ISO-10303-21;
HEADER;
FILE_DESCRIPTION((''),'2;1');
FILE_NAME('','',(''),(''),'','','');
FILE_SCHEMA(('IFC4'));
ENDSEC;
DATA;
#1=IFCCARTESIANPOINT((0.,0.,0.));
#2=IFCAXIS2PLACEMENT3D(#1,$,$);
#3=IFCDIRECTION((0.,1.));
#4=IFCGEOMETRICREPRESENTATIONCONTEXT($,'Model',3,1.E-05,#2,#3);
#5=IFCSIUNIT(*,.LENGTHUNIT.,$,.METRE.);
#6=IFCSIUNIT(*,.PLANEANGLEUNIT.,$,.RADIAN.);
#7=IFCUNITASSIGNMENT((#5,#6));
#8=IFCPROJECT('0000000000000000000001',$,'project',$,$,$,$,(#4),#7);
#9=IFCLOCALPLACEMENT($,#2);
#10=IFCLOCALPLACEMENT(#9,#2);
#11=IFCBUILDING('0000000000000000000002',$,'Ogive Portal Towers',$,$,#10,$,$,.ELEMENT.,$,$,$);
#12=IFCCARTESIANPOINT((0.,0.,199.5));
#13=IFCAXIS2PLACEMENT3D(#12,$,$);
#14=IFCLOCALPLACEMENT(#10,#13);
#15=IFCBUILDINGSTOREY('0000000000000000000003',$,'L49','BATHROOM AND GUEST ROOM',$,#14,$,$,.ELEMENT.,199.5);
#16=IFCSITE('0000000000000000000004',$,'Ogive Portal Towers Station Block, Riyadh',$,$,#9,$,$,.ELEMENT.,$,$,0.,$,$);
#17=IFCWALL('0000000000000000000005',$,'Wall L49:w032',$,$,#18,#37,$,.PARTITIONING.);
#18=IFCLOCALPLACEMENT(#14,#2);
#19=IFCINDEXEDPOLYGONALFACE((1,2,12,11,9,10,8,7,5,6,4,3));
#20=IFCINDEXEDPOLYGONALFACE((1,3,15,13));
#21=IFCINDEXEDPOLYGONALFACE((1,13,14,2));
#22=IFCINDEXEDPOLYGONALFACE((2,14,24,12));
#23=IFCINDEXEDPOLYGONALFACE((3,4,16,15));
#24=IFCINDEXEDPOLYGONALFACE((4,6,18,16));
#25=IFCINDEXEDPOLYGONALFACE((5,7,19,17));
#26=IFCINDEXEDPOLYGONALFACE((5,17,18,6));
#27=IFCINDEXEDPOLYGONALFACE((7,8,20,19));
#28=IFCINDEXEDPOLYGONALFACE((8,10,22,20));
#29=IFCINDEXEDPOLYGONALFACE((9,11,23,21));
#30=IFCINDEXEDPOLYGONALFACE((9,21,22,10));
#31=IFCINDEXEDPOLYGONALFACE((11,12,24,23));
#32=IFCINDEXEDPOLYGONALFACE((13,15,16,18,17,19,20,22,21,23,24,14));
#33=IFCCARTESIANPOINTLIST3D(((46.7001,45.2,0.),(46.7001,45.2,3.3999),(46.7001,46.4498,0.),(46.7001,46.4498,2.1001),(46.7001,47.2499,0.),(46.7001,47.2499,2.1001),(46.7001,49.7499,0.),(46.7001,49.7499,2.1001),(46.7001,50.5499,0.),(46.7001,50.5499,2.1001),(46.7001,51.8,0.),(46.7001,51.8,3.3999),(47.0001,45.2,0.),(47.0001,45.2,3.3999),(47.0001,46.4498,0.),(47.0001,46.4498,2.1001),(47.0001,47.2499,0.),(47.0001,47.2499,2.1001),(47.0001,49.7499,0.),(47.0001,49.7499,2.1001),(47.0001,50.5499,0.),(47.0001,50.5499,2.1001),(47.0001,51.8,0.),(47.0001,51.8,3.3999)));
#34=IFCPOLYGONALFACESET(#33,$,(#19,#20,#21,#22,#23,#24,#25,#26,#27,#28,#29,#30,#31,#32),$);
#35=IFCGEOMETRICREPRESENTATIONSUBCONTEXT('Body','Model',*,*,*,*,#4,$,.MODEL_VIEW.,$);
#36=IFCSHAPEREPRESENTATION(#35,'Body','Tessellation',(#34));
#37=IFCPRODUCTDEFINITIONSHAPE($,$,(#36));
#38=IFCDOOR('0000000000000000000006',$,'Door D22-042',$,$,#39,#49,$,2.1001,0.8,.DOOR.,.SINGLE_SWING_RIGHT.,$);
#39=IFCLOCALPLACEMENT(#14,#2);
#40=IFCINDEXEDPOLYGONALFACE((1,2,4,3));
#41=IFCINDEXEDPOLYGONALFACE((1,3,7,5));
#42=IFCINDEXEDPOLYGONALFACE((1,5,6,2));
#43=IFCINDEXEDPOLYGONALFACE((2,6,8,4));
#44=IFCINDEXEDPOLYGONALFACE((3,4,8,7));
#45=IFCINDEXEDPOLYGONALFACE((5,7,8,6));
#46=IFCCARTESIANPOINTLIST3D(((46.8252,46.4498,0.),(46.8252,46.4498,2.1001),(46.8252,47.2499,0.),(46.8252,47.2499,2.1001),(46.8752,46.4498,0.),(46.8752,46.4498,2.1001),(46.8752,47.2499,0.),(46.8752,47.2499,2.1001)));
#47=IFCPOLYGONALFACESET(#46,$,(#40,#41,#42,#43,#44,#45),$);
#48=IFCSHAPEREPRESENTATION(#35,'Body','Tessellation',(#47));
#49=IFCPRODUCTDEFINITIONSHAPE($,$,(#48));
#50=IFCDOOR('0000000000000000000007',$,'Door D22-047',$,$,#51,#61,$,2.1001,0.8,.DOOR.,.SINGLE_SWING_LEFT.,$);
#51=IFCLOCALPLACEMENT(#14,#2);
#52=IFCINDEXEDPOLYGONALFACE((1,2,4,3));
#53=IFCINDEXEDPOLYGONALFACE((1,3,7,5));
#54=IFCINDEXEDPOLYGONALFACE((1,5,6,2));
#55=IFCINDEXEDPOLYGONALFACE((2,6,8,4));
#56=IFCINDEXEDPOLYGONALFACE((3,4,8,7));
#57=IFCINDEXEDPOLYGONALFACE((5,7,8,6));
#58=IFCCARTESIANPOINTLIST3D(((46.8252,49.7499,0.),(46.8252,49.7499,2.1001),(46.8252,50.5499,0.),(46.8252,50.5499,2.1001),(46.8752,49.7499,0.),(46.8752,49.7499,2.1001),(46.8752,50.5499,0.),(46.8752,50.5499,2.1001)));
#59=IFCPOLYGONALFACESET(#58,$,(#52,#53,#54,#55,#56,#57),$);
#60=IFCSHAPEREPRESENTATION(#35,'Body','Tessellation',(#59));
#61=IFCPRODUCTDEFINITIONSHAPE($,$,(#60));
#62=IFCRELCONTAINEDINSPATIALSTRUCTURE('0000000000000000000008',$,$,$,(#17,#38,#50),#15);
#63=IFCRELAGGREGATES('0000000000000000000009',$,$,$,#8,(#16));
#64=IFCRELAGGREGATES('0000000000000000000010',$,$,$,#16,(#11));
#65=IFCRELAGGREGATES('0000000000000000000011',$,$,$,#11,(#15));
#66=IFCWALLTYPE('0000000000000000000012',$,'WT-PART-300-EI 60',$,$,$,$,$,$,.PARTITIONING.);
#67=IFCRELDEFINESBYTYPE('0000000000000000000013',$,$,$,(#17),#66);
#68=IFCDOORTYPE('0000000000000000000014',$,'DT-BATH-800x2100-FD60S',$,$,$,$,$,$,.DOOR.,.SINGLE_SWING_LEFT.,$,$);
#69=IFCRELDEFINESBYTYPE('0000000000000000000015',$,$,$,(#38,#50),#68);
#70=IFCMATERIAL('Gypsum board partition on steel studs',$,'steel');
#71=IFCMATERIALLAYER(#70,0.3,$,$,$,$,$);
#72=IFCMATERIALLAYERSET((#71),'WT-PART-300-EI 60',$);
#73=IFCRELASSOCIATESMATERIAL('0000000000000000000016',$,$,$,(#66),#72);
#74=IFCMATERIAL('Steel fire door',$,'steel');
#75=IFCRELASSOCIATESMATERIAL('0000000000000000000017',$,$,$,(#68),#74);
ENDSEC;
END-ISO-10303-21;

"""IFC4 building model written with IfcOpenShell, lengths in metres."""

from ifc_helpers import new_model, si_unit, direction, frame, frame_2d, origin, place, context, subcontext, project, spatial, rectangle, extrude, material, layer, layer_set, type_object, element, fill, save


model = new_model("IFC4")

# Units and contexts
model_context = context("Model", 3, precision=1e-05, world=origin(), true_north=direction((0.0, 1.0)))
body_context = subcontext(model_context, "Body", "Model", "MODEL_VIEW")
ifc_project = project(units=[si_unit("LENGTHUNIT", "METRE"), si_unit("PLANEANGLEUNIT", "RADIAN")], contexts=[model_context])

# Site, building, storey
site_placement = place(None, origin())
site = spatial("IfcSite", under=ifc_project, at=site_placement, Name="Ogive Portal Towers Station Block, Riyadh", CompositionType="ELEMENT", RefElevation=0.0)
building_placement = place(site_placement, origin())
building = spatial("IfcBuilding", under=site, at=building_placement, Name="Ogive Portal Towers", CompositionType="ELEMENT")
storey_placement = place(building_placement, frame((0.0, 0.0, 199.5)))
storey = spatial("IfcBuildingStorey", under=building, at=storey_placement, Name="L49", Description="BATHROOM AND GUEST ROOM", CompositionType="ELEMENT", Elevation=199.5)

# Shared definitions
ifc_material_1 = material(Name="Gypsum board partition on steel studs", Category="steel")
ifc_layer_1 = layer(ifc_material_1, 0.3)
ifc_layer_set_1 = layer_set([ifc_layer_1], Name="WT-PART-300-EI 60")
wall_type = type_object("IfcWallType", Name="WT-PART-300-EI 60", PredefinedType="PARTITIONING", material=ifc_layer_set_1)

# Wall, openings, doors
wall_1_placement = place(storey_placement, frame((46.8501, 45.2, 0.0), z_axis=(0.0, 0.0, 1.0), x_axis=(0.0, 1.0, 0.0)))
wall_1 = element("IfcWall", 1, at=wall_1_placement, inside=storey, type_object=wall_type, Name="Wall L49:w032", PredefinedType="PARTITIONING", context=body_context, shape_type="SweptSolid", body=[
    extrude(rectangle(XDim=6.6001, YDim=0.3, at=frame_2d((3.3, 0.0))), origin(), (0.0, 0.0, 1.0), 3.3999),
])
opening_1_placement = place(wall_1_placement, frame((1.25, 0.0, 0.0)))
opening_1 = element("IfcOpeningElement", 2, at=opening_1_placement, cuts=wall_1, PredefinedType="OPENING", context=body_context, shape_type="SweptSolid", body=[
    extrude(rectangle(XDim=0.8, YDim=2.1001, at=frame_2d((0.3999, 1.05))), frame((0.0, 0.1602, 0.0), z_axis=(0.0, -1.0, 0.0), x_axis=(1.0, 0.0, 0.0)), (0.0, 0.0, 1.0), 0.3201),
])
opening_2_placement = place(wall_1_placement, frame((4.55, 0.0, 0.0)))
opening_2 = element("IfcOpeningElement", 3, at=opening_2_placement, cuts=wall_1, PredefinedType="OPENING", context=body_context, shape_type="SweptSolid", body=[
    extrude(rectangle(XDim=0.8, YDim=2.1001, at=frame_2d((0.3999, 1.05))), frame((0.0, 0.1602, 0.0), z_axis=(0.0, -1.0, 0.0), x_axis=(1.0, 0.0, 0.0)), (0.0, 0.0, 1.0), 0.3201),
])
ifc_material_2 = material(Name="Steel fire door", Category="steel")
door_type = type_object("IfcDoorType", Name="DT-BATH-800x2100-FD60S", OperationType="SINGLE_SWING_LEFT", PredefinedType="DOOR", material=ifc_material_2)
door_1_placement = place(opening_1_placement, origin())
door_1 = element("IfcDoor", 4, at=door_1_placement, inside=storey, type_object=door_type, Name="Door D22-042", OperationType="SINGLE_SWING_RIGHT", OverallHeight=2.1001, OverallWidth=0.8, PredefinedType="DOOR", context=body_context, shape_type="SweptSolid", body=[
    extrude(rectangle(XDim=0.8, YDim=2.1001, at=frame_2d((0.3999, 1.05))), frame((0.0, 0.0249, 0.0), z_axis=(0.0, -1.0, 0.0), x_axis=(1.0, 0.0, 0.0)), (0.0, 0.0, 1.0), 0.05),
])
fill(opening_1, door_1)
door_2_placement = place(opening_2_placement, origin())
door_2 = element("IfcDoor", 5, at=door_2_placement, inside=storey, type_object=door_type, Name="Door D22-047", OperationType="SINGLE_SWING_LEFT", OverallHeight=2.1001, OverallWidth=0.8, PredefinedType="DOOR", context=body_context, shape_type="SweptSolid", body=[
    extrude(rectangle(XDim=0.8, YDim=2.1001, at=frame_2d((0.3999, 1.05))), frame((0.0, 0.0249, 0.0), z_axis=(0.0, -1.0, 0.0), x_axis=(1.0, 0.0, 0.0)), (0.0, 0.0, 1.0), 0.05),
])
fill(opening_2, door_2)

save(model, "model.ifc")
